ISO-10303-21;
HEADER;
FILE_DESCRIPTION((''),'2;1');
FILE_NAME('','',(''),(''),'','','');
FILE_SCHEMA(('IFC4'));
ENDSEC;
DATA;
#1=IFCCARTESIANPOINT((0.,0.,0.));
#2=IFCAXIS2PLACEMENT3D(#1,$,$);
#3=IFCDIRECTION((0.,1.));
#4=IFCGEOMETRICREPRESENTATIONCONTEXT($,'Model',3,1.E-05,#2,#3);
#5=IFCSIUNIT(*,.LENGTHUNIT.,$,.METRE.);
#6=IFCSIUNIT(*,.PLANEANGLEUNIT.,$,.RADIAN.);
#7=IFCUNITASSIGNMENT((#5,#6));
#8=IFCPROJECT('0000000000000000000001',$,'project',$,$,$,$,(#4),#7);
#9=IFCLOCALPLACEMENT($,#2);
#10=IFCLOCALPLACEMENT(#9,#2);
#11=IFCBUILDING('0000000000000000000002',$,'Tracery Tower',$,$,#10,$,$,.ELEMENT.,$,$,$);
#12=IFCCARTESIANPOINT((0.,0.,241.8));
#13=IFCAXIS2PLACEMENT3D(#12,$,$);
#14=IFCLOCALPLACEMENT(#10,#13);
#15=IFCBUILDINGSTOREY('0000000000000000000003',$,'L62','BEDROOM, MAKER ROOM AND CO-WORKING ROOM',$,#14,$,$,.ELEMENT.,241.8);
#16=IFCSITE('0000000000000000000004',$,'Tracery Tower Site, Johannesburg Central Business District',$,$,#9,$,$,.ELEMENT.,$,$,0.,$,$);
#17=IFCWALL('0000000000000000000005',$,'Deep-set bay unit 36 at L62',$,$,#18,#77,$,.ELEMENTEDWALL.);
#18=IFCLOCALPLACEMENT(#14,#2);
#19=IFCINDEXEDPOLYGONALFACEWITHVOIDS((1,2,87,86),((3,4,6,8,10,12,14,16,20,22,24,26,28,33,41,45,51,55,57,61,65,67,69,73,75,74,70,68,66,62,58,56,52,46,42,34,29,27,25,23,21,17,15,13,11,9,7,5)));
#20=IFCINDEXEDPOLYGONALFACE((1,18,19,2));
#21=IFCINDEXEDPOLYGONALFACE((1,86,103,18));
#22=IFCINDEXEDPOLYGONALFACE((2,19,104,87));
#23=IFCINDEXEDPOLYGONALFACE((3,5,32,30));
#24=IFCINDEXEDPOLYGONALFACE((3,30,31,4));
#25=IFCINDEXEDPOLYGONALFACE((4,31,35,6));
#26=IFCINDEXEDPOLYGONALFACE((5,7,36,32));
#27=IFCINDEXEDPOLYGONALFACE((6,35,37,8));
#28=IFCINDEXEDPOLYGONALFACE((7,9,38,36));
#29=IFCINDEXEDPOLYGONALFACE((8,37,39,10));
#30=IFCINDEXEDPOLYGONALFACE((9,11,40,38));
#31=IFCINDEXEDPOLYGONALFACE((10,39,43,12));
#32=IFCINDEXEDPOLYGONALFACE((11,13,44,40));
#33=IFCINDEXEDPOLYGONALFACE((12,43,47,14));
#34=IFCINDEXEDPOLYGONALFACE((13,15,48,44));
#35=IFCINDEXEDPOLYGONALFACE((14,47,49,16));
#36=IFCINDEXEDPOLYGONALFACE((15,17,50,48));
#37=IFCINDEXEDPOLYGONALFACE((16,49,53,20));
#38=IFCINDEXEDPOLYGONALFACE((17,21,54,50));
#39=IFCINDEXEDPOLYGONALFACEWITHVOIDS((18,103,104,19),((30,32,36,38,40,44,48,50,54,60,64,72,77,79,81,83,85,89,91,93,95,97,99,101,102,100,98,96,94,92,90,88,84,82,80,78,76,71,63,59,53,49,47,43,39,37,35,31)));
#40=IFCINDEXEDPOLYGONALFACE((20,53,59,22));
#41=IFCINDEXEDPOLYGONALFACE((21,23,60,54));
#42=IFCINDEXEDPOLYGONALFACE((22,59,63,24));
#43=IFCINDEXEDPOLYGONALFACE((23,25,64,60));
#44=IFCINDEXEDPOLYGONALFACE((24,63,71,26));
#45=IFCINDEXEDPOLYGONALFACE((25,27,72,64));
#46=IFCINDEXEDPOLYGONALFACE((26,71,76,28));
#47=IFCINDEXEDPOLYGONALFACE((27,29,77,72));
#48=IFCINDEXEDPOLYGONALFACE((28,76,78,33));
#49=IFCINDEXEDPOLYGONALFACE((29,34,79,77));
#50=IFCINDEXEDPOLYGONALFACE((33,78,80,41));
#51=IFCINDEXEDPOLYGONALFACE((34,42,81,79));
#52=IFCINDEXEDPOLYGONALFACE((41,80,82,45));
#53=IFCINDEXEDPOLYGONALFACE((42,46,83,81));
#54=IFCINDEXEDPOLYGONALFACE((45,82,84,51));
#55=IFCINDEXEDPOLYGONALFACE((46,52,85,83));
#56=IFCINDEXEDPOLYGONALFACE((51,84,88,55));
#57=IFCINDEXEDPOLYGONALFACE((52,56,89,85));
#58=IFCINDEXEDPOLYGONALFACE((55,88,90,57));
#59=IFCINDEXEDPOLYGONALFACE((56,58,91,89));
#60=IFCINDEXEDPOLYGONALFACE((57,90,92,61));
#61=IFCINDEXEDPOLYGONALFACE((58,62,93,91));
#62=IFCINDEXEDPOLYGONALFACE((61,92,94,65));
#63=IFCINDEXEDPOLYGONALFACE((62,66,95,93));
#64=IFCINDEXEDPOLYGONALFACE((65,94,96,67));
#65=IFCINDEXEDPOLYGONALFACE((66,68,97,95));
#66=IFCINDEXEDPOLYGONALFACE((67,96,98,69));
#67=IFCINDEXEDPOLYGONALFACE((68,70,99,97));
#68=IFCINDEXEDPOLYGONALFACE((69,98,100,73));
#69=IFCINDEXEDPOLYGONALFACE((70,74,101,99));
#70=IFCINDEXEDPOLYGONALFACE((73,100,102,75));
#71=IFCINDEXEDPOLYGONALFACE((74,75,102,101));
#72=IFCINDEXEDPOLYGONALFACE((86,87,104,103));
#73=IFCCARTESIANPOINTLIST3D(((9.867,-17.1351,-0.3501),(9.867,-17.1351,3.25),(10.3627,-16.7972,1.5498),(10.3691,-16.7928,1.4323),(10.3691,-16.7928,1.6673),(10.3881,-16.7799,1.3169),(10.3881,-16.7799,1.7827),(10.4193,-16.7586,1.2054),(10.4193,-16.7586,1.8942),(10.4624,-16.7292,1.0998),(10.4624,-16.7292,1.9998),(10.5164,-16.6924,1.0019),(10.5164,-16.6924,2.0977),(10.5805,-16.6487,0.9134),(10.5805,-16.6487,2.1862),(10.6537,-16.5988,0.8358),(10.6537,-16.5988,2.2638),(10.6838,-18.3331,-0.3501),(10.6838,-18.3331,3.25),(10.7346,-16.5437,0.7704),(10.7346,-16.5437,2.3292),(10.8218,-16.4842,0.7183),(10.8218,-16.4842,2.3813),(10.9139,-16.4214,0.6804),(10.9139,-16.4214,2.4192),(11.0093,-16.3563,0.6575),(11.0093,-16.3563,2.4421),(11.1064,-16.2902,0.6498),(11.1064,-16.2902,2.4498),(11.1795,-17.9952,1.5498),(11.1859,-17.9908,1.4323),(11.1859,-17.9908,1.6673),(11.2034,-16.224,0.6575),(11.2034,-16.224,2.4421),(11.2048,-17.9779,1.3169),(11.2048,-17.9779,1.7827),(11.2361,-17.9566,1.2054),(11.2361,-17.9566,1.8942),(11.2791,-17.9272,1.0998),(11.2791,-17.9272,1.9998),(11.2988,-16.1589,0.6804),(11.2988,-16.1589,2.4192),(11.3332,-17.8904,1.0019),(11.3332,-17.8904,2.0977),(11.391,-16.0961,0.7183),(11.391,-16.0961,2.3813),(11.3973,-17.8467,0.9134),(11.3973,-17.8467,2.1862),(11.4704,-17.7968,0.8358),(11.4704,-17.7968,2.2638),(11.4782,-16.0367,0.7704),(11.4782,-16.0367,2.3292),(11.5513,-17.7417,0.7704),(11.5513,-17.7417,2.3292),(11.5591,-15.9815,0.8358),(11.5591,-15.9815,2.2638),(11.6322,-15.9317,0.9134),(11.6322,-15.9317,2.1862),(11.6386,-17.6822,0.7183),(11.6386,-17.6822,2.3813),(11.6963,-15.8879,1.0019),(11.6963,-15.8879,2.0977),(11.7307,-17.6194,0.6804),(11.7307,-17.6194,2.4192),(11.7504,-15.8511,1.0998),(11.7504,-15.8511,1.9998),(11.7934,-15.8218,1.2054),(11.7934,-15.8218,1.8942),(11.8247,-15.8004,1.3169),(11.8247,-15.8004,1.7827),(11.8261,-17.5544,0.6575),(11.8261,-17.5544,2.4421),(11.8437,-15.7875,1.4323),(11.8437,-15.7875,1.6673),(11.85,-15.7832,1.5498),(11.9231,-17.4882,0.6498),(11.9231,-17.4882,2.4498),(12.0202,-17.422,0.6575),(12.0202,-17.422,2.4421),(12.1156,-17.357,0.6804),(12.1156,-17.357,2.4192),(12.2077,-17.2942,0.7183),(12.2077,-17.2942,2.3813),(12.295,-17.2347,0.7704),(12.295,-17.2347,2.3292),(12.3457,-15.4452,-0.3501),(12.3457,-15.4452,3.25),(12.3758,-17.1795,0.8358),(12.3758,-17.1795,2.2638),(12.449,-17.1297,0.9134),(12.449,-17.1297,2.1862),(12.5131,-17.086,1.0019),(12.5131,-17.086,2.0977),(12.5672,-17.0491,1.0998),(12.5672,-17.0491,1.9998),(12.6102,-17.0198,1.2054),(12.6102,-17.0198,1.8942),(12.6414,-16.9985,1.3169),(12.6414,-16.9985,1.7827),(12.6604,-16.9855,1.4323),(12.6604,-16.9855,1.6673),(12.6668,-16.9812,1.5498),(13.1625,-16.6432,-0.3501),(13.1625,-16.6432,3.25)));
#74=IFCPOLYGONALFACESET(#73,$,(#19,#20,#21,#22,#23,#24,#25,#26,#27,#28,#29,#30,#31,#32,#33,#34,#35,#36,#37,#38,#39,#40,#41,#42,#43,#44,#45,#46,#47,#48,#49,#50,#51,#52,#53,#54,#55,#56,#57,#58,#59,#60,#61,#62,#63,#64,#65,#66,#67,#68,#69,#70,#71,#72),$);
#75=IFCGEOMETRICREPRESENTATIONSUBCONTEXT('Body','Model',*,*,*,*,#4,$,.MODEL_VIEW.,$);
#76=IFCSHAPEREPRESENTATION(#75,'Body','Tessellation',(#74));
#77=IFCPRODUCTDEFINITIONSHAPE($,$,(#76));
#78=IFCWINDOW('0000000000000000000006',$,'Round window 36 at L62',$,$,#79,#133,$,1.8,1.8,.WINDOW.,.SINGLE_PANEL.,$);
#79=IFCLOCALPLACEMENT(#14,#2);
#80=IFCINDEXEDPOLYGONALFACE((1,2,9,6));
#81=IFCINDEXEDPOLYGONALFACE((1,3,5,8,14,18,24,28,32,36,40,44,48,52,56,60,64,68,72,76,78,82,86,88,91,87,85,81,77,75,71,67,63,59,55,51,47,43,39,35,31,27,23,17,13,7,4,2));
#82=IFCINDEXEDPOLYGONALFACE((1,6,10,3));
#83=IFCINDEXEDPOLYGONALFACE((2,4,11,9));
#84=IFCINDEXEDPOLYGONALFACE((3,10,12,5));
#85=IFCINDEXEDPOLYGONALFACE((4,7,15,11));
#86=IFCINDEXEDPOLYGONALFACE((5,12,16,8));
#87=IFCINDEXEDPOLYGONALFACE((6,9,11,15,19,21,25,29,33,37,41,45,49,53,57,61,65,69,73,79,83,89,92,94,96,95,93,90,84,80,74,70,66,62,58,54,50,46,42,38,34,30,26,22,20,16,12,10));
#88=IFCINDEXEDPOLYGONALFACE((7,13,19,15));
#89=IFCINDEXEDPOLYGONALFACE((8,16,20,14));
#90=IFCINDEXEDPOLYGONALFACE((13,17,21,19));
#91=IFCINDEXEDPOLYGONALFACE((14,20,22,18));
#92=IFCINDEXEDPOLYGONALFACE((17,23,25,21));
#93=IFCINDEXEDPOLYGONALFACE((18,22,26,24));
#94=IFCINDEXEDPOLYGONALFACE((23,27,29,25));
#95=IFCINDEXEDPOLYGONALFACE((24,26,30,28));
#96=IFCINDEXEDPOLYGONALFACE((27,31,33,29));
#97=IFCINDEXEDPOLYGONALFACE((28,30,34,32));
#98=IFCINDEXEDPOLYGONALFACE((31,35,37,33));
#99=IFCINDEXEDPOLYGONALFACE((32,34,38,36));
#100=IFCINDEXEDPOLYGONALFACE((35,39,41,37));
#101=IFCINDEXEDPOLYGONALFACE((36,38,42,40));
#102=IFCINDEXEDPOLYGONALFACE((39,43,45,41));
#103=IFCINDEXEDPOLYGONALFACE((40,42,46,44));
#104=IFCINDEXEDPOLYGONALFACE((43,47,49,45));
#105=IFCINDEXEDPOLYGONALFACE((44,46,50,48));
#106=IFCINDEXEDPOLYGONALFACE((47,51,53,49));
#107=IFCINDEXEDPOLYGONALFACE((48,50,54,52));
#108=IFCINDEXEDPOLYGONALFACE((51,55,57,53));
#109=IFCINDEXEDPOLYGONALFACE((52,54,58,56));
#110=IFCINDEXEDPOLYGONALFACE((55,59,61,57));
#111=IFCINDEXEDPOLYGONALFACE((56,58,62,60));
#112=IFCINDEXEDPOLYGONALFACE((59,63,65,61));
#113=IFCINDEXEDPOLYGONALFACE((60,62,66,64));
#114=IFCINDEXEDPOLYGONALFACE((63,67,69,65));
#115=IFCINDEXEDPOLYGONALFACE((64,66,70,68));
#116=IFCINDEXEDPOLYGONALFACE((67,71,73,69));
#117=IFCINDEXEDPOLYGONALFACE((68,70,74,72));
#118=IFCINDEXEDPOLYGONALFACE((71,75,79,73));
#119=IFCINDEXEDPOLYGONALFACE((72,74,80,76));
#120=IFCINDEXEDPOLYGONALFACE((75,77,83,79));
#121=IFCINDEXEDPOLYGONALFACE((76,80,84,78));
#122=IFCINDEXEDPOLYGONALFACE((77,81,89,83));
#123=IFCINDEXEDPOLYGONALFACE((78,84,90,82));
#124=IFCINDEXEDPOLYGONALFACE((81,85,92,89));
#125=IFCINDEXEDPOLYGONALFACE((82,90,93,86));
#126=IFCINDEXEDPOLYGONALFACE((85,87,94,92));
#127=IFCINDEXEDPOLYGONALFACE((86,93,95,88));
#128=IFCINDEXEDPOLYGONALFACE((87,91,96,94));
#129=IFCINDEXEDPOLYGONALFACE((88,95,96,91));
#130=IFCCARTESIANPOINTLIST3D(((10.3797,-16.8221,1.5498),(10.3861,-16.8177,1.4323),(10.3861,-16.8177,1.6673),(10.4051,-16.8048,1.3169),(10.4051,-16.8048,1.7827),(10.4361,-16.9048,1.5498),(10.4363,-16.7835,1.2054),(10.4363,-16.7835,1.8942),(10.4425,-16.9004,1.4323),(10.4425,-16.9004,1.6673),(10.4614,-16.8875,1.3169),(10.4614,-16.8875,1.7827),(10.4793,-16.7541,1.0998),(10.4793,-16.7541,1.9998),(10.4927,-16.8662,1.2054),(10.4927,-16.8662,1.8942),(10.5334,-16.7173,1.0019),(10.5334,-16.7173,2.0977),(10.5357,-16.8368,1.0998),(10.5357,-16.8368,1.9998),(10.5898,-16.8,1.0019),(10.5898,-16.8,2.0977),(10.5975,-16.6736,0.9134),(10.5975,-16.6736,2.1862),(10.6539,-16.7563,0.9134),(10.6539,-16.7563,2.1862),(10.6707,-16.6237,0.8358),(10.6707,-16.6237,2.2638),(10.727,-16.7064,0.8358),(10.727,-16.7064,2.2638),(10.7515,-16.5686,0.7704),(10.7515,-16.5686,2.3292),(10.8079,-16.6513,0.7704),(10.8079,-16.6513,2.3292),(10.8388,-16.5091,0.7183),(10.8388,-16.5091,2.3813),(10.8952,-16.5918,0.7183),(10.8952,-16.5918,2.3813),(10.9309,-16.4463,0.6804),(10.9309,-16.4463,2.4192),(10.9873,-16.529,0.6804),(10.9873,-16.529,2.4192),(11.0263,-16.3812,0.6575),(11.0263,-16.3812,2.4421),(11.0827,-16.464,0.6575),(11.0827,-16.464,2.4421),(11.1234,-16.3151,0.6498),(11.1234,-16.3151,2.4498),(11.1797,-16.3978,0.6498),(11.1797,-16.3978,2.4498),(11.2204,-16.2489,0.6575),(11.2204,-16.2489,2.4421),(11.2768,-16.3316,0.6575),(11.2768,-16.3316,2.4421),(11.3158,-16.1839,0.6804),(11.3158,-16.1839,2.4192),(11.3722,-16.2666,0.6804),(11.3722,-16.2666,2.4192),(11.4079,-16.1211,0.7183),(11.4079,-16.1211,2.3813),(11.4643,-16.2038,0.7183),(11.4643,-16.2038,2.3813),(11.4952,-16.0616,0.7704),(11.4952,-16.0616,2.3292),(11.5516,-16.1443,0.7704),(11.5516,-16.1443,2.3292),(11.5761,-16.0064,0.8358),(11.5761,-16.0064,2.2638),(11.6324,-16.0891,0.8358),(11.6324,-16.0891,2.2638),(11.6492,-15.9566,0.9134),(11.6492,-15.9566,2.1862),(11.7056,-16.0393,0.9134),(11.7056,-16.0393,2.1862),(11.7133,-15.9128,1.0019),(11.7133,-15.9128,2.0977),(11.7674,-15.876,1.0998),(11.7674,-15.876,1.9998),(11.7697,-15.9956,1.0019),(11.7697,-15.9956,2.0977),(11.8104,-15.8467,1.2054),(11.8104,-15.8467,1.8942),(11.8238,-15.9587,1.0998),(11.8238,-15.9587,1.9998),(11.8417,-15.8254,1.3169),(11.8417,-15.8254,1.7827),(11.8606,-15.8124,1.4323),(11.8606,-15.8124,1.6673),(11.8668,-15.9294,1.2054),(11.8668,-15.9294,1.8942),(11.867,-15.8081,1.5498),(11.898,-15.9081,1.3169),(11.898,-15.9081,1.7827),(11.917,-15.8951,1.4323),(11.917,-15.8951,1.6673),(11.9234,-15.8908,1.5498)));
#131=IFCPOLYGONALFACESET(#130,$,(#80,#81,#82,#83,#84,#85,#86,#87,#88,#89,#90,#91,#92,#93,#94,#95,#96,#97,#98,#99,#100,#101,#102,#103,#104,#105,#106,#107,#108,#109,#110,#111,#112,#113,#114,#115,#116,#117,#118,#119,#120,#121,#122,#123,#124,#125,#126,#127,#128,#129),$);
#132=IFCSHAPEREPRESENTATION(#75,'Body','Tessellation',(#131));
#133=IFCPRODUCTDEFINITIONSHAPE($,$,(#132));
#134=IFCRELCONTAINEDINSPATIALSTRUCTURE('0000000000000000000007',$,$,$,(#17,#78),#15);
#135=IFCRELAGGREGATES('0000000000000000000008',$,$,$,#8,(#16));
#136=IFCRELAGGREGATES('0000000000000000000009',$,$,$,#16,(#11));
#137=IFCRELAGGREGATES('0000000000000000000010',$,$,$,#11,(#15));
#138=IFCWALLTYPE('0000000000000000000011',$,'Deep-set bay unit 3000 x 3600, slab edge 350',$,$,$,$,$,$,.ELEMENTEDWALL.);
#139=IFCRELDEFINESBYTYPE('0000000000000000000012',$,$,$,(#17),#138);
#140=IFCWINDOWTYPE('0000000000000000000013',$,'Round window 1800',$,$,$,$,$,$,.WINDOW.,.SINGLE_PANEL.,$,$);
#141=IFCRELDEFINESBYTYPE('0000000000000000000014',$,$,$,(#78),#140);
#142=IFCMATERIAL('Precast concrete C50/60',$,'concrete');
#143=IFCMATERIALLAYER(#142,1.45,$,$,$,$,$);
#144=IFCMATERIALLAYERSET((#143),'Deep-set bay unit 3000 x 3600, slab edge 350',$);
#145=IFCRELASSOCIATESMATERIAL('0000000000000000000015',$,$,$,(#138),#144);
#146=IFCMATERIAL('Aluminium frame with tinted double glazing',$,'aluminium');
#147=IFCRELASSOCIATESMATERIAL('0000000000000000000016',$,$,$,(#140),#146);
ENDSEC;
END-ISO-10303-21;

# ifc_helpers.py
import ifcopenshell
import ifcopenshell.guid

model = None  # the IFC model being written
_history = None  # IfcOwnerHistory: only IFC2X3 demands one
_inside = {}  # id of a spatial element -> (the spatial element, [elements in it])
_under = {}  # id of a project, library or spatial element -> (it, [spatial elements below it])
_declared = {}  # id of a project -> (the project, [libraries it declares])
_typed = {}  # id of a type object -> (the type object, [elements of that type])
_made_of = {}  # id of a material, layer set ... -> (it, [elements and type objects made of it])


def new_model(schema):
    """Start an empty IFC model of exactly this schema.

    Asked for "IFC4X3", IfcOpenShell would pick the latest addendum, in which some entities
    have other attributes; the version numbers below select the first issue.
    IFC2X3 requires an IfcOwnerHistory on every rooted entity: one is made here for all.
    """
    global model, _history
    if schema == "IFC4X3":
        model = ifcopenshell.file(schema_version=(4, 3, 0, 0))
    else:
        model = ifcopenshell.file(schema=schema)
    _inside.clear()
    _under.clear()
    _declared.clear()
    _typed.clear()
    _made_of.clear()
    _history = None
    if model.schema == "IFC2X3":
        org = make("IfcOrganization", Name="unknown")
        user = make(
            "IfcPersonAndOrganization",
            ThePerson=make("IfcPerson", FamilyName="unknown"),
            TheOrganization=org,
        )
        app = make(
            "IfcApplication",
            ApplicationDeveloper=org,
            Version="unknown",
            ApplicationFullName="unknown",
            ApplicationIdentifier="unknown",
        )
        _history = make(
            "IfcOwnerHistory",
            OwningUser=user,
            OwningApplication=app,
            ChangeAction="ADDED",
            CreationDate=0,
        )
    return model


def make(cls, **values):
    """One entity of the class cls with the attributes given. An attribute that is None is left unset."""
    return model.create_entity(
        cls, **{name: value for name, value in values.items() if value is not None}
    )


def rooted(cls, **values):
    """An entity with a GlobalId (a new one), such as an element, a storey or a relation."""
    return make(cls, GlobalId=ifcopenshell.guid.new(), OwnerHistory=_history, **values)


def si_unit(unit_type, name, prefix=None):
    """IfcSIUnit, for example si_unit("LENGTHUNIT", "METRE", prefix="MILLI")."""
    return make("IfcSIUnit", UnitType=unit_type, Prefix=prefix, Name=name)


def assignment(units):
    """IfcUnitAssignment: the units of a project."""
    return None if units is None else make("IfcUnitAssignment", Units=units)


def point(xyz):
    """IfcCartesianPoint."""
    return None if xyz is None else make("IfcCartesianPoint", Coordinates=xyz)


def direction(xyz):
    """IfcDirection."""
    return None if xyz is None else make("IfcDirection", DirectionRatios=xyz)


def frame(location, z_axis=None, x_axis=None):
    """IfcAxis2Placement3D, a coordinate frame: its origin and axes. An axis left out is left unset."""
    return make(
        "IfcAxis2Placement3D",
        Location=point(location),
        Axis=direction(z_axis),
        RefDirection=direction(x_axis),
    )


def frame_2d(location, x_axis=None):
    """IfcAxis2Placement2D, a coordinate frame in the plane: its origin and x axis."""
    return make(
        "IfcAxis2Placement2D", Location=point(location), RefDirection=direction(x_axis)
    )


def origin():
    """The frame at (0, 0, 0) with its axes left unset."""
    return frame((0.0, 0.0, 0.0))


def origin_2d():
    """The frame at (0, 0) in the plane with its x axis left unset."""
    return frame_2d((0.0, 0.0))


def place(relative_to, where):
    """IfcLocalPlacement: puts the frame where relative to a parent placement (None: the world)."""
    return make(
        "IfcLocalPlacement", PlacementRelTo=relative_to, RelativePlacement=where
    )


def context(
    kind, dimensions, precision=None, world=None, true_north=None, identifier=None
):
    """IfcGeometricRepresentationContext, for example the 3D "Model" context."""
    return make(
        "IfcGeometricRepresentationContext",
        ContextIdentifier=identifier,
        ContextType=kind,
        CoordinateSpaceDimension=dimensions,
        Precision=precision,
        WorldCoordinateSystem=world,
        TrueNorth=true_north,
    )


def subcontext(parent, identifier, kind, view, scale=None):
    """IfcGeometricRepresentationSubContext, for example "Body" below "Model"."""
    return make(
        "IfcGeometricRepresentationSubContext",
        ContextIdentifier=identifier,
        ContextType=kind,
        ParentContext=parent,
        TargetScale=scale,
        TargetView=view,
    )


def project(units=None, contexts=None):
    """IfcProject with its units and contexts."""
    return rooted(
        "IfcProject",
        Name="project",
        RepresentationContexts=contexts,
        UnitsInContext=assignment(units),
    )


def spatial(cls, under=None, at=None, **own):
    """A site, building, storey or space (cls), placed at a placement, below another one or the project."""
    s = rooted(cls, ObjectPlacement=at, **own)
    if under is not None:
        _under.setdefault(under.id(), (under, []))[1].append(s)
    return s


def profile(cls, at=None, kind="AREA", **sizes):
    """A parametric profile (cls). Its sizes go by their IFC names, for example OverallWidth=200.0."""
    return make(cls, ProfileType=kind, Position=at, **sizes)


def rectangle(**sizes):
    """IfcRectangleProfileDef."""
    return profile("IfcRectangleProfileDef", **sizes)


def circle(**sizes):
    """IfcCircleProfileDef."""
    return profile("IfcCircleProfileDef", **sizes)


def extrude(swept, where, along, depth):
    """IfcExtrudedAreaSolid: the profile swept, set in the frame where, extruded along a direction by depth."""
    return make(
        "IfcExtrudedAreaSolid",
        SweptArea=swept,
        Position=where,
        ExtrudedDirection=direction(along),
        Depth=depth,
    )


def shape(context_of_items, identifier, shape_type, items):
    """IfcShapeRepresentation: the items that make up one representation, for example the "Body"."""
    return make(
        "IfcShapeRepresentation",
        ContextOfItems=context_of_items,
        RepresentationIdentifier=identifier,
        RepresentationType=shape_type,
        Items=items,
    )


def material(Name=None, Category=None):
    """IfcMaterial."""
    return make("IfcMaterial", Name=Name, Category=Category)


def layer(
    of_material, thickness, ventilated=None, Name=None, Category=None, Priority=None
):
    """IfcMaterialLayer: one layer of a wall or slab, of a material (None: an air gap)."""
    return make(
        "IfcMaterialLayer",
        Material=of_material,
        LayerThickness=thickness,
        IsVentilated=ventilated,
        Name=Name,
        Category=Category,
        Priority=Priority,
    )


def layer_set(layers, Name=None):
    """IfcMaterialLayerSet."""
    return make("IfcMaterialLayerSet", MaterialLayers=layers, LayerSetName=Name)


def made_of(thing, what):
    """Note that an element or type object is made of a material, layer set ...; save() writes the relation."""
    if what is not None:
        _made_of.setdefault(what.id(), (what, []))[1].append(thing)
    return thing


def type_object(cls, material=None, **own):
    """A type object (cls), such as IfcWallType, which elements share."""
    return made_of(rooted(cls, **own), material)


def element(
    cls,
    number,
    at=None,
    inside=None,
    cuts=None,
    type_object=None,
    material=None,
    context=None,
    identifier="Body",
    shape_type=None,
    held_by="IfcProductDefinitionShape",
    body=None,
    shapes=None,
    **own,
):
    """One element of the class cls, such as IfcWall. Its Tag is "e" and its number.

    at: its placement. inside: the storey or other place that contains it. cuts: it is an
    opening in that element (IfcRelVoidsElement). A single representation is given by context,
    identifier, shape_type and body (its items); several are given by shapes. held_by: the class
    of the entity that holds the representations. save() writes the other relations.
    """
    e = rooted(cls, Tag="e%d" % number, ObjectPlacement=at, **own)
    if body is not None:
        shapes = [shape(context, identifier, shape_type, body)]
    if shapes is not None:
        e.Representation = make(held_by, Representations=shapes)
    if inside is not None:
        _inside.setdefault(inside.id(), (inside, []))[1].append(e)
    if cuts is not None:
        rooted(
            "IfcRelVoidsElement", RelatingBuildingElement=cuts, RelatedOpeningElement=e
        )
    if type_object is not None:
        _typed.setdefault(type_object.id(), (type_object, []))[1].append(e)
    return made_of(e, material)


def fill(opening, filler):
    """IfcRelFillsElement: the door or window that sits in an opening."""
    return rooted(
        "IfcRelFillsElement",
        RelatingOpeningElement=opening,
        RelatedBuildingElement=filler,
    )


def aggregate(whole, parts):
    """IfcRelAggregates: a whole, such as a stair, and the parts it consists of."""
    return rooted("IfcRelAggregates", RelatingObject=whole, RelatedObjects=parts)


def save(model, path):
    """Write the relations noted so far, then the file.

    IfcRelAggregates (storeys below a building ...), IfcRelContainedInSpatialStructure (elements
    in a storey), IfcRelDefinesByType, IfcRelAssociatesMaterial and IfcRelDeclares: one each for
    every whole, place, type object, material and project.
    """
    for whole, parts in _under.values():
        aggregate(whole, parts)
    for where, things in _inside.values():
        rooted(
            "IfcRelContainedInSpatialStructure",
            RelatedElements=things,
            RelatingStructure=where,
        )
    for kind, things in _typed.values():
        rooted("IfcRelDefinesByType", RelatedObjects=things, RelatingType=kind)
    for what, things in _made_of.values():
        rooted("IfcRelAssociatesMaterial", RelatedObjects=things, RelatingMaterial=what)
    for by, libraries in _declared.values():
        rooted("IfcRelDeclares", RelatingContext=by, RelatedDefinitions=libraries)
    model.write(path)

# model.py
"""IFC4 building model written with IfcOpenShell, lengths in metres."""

from ifc_helpers import new_model, si_unit, direction, frame, frame_2d, origin, origin_2d, place, context, subcontext, project, spatial, rectangle, circle, extrude, material, layer, layer_set, type_object, element, fill, save


model = new_model("IFC4")

# Units and contexts
model_context = context("Model", 3, precision=1e-05, world=origin(), true_north=direction((0.0, 1.0)))
body_context = subcontext(model_context, "Body", "Model", "MODEL_VIEW")
ifc_project = project(units=[si_unit("LENGTHUNIT", "METRE"), si_unit("PLANEANGLEUNIT", "RADIAN")], contexts=[model_context])

# Site, building, storey
site_placement = place(None, origin())
site = spatial("IfcSite", under=ifc_project, at=site_placement, Name="Tracery Tower Site, Johannesburg Central Business District", CompositionType="ELEMENT", RefElevation=0.0)
building_placement = place(site_placement, origin())
building = spatial("IfcBuilding", under=site, at=building_placement, Name="Tracery Tower", CompositionType="ELEMENT")
storey_placement = place(building_placement, frame((0.0, 0.0, 241.8)))
storey = spatial("IfcBuildingStorey", under=building, at=storey_placement, Name="L62", Description="BEDROOM, MAKER ROOM AND CO-WORKING ROOM", CompositionType="ELEMENT", Elevation=241.8)

# Wall, opening, window
ifc_material_1 = material(Name="Precast concrete C50/60", Category="concrete")
ifc_layer_1 = layer(ifc_material_1, 1.45)
ifc_layer_set_1 = layer_set([ifc_layer_1], Name="Deep-set bay unit 3000 x 3600, slab edge 350")
wall_type_1 = type_object("IfcWallType", Name="Deep-set bay unit 3000 x 3600, slab edge 350", PredefinedType="ELEMENTEDWALL", material=ifc_layer_set_1)
wall_1_placement = place(storey_placement, frame((10.2754, -17.7341, -0.3501), z_axis=(0.0, 0.0, 1.0), x_axis=(0.826246, 0.563309, 0.0)))
wall_1 = element("IfcWall", 1, at=wall_1_placement, inside=storey, type_object=wall_type_1, Name="Deep-set bay unit 36 at L62", PredefinedType="ELEMENTEDWALL", context=body_context, shape_type="SweptSolid", body=[
    extrude(rectangle(XDim=3.0, YDim=1.45, at=frame_2d((1.5, 0.0))), origin(), (0.0, 0.0, 1.0), 3.6001),
])
opening_1_placement = place(wall_1_placement, frame((1.5, 0.0, 1.8999)))
opening_1 = element("IfcOpeningElement", 2, at=opening_1_placement, cuts=wall_1, PredefinedType="OPENING", context=body_context, shape_type="SweptSolid", body=[
    extrude(circle(Radius=0.9, at=origin_2d()), frame((0.0, 0.7349, 0.0), z_axis=(0.0, -1.0, 0.0), x_axis=(1.0, 0.0, 0.0)), (0.0, 0.0, 1.0), 1.47),
])
ifc_material_2 = material(Name="Aluminium frame with tinted double glazing", Category="aluminium")
window_type = type_object("IfcWindowType", Name="Round window 1800", PartitioningType="SINGLE_PANEL", PredefinedType="WINDOW", material=ifc_material_2)
window_1_placement = place(opening_1_placement, origin())
window_1 = element("IfcWindow", 3, at=window_1_placement, inside=storey, type_object=window_type, Name="Round window 36 at L62", OverallHeight=1.8, OverallWidth=1.8, PartitioningType="SINGLE_PANEL", PredefinedType="WINDOW", context=body_context, shape_type="SweptSolid", body=[
    extrude(circle(Radius=0.9, at=origin_2d()), frame((0.0, 0.6948, 0.0), z_axis=(0.0, -1.0, 0.0), x_axis=(1.0, 0.0, 0.0)), (0.0, 0.0, 1.0), 0.1001),
])
fill(opening_1, window_1)

save(model, "model.ifc")
